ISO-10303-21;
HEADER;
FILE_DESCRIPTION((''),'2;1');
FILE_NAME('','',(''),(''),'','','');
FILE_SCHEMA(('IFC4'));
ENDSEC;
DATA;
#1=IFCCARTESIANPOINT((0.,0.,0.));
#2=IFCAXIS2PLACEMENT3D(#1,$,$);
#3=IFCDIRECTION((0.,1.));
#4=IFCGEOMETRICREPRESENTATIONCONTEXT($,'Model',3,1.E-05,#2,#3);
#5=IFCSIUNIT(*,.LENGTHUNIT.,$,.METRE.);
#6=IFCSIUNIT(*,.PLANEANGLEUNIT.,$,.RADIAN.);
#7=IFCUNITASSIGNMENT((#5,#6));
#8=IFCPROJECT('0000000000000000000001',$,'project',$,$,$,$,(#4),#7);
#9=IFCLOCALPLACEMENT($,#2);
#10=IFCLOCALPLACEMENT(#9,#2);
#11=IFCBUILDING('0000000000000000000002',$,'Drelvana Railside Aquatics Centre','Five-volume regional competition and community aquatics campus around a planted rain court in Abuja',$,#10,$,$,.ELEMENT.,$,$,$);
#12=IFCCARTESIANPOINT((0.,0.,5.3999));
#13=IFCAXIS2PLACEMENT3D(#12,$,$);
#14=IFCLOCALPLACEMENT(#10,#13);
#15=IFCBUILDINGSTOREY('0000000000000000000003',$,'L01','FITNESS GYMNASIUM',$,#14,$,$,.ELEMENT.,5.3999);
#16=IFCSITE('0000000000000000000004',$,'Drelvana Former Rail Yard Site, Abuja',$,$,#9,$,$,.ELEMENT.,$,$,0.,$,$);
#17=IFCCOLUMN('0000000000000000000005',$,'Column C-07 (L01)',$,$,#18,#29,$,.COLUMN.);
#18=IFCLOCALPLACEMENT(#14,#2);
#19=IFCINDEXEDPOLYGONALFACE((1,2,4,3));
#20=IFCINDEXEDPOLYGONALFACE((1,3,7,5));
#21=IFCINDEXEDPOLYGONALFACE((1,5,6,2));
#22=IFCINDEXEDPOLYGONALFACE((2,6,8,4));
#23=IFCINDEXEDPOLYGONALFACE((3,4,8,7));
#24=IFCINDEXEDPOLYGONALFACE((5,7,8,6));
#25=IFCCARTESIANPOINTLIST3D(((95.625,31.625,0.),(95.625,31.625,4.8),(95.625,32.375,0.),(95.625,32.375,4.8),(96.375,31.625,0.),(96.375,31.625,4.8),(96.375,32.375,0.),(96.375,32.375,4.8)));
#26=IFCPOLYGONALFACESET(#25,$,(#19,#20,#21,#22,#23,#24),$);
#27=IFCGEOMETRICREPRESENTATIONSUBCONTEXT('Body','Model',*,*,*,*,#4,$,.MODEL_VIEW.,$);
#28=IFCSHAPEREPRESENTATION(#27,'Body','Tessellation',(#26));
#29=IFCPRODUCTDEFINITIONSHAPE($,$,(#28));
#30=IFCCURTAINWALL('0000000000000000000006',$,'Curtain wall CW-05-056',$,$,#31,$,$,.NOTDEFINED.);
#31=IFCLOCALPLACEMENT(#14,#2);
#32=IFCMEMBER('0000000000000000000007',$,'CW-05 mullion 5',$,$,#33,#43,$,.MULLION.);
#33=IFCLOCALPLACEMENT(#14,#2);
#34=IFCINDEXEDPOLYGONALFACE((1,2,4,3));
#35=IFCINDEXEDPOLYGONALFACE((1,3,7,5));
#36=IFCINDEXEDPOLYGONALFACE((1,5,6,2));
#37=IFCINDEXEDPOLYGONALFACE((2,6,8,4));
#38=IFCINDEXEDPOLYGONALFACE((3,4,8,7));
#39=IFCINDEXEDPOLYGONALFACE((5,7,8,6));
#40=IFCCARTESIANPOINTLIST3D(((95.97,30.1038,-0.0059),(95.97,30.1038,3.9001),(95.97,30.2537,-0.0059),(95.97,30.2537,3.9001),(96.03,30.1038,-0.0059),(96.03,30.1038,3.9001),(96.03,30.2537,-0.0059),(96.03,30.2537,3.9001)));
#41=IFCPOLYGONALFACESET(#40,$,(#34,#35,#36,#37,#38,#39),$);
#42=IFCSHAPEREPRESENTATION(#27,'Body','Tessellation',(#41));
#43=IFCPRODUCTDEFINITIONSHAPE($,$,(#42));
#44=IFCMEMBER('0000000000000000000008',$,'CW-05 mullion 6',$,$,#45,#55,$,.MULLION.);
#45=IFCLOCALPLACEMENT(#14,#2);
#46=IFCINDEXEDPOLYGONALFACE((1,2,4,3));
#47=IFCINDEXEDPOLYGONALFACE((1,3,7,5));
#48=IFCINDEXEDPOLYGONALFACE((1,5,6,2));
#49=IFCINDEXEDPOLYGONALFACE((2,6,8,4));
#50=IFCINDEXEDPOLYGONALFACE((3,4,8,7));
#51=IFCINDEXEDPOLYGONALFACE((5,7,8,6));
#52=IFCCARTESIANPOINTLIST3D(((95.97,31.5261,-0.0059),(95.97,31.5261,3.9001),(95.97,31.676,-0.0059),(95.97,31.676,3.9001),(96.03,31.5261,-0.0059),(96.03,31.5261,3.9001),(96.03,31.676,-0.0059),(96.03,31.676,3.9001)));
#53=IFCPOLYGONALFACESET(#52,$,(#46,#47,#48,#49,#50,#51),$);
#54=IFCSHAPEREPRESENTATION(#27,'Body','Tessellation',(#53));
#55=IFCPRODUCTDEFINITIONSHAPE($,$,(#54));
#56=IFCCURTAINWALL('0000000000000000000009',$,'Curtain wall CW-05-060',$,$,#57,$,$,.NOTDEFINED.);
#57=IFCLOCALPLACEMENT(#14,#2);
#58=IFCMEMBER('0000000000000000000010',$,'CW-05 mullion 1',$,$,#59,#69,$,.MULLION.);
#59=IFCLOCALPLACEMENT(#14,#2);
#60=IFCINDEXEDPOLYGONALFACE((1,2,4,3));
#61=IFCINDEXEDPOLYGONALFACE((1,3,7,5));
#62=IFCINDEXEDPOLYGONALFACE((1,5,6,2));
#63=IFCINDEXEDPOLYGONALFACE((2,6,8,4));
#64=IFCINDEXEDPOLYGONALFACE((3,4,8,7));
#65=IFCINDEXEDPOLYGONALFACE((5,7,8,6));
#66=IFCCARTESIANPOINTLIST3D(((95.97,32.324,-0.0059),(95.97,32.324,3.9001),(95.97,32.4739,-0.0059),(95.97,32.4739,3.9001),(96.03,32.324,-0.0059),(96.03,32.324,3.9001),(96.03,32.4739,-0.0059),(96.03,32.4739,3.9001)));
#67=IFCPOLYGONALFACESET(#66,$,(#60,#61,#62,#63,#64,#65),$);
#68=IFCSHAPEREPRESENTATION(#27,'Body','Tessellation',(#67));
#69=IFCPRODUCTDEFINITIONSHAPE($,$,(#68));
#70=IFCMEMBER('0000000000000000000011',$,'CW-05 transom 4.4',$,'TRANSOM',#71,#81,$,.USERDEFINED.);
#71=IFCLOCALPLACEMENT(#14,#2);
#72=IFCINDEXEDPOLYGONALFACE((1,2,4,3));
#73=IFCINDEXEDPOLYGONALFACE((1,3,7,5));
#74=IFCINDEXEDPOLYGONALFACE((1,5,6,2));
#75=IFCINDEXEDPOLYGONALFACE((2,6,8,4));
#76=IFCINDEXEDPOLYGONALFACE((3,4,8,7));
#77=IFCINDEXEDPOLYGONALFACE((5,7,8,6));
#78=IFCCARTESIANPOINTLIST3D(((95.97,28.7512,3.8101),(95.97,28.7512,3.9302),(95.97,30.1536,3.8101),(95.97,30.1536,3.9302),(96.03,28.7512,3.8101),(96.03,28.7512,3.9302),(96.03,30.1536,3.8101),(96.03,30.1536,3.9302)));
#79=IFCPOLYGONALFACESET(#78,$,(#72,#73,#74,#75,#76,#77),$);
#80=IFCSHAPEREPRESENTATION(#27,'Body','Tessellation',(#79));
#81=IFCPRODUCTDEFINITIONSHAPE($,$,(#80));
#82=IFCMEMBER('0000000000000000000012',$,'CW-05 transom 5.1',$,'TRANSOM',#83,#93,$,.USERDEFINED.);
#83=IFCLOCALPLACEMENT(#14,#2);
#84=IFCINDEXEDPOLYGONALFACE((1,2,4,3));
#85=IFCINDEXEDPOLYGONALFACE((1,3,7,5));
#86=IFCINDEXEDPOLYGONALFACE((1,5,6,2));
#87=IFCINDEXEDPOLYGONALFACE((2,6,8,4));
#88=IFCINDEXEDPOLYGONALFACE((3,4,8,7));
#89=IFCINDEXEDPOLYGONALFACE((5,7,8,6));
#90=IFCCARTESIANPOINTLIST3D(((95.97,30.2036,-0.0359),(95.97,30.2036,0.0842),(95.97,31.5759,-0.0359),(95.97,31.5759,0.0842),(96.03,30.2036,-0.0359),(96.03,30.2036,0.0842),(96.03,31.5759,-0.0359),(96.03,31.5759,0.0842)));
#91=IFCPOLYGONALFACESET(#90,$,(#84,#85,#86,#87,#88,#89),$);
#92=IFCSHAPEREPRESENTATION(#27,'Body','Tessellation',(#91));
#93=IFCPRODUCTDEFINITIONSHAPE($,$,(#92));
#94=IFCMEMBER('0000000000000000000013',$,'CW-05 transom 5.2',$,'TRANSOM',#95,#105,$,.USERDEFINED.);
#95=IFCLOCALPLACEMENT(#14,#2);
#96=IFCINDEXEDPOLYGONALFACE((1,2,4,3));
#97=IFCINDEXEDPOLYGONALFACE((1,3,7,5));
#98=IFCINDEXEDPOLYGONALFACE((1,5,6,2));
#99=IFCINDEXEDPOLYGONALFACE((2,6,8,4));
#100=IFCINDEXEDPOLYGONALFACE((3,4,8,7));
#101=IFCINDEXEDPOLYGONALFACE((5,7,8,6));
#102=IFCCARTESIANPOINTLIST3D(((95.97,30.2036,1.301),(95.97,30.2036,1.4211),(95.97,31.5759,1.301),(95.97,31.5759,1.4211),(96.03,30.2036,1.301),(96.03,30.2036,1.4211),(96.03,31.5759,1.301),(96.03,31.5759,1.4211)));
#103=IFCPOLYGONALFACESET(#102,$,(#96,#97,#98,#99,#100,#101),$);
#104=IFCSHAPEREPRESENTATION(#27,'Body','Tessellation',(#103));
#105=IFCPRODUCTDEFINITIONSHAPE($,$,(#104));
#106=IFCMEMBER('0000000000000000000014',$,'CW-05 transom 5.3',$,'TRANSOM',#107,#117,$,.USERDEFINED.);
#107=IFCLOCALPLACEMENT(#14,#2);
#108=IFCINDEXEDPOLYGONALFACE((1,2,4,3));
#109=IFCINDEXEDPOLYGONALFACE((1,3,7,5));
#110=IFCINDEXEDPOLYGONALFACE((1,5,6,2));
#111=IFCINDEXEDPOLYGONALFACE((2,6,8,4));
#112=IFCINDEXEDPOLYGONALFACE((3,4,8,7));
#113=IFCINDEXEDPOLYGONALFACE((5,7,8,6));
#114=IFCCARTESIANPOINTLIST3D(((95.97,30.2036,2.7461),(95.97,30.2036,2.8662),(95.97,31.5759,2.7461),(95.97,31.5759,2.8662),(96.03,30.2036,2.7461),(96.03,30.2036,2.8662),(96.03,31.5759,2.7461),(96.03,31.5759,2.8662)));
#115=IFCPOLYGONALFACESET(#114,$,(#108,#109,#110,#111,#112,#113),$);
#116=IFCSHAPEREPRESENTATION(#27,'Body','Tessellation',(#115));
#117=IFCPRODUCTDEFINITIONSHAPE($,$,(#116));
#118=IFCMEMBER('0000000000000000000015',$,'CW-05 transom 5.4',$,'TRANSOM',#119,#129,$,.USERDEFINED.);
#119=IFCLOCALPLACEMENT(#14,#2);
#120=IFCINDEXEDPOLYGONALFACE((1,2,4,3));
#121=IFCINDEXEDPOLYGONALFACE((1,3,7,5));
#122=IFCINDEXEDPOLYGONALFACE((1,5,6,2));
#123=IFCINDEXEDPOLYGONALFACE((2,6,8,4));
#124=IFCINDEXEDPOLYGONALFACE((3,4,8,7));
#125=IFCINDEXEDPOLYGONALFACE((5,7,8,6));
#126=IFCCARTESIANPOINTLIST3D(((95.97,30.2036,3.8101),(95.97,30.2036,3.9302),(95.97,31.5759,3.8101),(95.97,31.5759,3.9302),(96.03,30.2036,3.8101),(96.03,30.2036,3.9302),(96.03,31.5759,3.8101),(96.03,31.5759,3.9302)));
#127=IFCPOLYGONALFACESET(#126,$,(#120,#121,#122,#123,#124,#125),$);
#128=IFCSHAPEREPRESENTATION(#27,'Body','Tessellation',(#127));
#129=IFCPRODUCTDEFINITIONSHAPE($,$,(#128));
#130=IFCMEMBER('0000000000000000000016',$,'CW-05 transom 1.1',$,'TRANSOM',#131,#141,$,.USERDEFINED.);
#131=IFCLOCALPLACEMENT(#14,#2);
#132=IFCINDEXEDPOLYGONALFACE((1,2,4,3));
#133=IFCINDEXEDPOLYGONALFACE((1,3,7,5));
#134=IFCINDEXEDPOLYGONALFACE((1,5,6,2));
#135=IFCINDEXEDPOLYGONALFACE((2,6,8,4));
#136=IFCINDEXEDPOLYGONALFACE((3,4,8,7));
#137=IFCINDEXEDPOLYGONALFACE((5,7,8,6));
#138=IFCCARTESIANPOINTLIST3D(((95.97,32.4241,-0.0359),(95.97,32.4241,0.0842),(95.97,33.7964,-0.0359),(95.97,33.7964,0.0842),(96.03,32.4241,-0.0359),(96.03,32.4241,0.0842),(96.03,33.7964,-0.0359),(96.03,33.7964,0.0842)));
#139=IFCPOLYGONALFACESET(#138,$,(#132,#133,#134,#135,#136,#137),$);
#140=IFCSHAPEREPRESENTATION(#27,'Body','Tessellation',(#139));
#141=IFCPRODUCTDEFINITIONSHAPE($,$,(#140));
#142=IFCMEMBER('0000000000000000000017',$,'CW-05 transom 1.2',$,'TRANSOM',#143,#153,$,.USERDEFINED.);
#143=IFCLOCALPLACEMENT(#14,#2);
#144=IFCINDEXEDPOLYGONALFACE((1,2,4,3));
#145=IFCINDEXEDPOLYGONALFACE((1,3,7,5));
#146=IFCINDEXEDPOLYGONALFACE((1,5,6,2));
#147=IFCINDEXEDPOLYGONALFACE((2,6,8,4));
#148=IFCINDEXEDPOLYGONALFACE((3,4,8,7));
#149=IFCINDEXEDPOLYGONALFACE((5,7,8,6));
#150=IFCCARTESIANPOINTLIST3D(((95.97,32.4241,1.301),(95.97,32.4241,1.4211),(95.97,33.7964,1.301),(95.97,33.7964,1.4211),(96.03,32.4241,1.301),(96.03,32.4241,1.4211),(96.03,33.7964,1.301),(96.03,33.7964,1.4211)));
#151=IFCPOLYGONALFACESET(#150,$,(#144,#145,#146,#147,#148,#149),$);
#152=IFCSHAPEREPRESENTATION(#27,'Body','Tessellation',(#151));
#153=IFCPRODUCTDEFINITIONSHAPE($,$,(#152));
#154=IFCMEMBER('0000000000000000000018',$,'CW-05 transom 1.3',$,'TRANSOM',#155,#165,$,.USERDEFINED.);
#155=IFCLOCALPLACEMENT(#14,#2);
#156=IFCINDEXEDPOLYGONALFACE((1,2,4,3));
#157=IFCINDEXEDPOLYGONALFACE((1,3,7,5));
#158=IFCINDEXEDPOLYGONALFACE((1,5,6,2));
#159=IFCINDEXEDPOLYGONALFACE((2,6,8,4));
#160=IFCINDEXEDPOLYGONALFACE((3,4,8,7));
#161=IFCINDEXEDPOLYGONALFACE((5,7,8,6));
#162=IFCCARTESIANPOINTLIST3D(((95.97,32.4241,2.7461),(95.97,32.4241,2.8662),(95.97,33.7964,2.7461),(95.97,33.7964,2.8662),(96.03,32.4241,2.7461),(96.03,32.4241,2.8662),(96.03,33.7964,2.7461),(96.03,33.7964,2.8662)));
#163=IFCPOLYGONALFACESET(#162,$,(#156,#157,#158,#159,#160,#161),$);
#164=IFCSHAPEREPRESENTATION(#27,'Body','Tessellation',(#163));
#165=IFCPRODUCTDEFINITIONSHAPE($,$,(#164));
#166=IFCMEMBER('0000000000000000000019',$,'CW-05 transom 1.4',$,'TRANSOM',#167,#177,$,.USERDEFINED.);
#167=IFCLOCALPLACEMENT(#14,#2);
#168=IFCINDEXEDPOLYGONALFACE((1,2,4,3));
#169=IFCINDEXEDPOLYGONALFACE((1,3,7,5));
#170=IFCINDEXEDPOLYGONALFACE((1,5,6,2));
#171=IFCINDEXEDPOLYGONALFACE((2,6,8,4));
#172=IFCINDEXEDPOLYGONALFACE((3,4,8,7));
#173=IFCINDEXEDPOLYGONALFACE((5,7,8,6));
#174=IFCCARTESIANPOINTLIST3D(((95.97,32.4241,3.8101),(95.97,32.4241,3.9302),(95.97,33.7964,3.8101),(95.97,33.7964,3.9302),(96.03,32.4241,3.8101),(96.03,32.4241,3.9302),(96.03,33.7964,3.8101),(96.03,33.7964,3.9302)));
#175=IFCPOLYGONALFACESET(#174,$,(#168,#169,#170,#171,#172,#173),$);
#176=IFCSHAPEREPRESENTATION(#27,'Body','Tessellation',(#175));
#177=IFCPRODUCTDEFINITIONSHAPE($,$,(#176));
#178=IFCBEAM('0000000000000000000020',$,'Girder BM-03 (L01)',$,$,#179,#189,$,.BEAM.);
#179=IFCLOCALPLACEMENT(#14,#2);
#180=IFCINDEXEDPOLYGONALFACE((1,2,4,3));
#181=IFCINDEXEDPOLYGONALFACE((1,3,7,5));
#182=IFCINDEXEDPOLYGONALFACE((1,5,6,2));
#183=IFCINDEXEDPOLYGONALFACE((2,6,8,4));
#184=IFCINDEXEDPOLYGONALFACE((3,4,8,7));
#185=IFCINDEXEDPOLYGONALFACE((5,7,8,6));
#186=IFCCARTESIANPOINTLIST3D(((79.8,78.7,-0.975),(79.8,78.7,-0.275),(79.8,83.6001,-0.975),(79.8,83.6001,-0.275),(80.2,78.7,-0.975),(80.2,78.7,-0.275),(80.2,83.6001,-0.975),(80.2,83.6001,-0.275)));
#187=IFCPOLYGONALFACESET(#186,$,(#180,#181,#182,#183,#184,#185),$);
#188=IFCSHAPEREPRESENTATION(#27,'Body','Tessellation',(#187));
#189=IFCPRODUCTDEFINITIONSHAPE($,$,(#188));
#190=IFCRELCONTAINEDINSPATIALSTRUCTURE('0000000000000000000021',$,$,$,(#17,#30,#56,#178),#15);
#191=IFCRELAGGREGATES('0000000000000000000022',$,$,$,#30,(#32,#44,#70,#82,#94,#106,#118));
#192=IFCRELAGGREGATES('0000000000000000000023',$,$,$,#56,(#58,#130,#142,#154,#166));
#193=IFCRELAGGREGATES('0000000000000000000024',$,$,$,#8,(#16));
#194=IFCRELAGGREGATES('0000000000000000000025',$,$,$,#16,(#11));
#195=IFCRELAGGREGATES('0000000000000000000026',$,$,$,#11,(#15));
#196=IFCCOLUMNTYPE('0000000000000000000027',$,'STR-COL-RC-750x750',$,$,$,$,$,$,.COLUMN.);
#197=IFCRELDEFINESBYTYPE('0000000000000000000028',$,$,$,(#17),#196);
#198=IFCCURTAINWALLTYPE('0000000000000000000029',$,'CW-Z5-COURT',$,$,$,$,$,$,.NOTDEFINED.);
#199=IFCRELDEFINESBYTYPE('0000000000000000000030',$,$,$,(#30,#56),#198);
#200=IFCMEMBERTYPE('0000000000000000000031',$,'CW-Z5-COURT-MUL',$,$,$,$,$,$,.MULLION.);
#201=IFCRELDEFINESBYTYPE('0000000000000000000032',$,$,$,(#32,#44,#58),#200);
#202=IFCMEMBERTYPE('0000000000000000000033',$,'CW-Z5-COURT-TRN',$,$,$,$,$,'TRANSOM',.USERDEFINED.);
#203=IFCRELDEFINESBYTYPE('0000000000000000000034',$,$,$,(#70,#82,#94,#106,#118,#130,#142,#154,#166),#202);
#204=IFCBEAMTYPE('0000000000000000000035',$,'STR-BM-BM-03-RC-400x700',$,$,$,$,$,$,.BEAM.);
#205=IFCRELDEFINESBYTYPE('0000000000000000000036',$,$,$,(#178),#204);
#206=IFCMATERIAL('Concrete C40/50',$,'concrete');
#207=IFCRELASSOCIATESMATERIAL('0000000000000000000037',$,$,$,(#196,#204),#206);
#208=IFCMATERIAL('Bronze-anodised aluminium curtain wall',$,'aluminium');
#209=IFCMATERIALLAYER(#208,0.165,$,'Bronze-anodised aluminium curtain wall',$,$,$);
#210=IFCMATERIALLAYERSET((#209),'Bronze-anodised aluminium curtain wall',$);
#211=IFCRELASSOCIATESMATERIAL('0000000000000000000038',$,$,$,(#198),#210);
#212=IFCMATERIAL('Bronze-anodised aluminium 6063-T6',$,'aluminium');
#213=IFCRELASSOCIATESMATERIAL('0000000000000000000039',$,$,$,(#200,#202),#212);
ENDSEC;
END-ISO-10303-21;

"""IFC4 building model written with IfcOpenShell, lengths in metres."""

from ifc_helpers import new_model, si_unit, direction, frame, origin, origin_2d, place, context, subcontext, project, spatial, rectangle, extrude, material, layer, layer_set, material_profile, profile_set, type_object, element, aggregate, save


model = new_model("IFC4")

# Units and contexts
model_context = context("Model", 3, precision=1e-05, world=origin(), true_north=direction((0.0, 1.0)))
body_context = subcontext(model_context, "Body", "Model", "MODEL_VIEW")
ifc_project = project(units=[si_unit("LENGTHUNIT", "METRE"), si_unit("PLANEANGLEUNIT", "RADIAN")], contexts=[model_context])

# Site, building, storey
site_placement = place(None, origin())
site = spatial("IfcSite", under=ifc_project, at=site_placement, Name="Drelvana Former Rail Yard Site, Abuja", CompositionType="ELEMENT", RefElevation=0.0)
building_placement = place(site_placement, origin())
building = spatial("IfcBuilding", under=site, at=building_placement, Name="Drelvana Railside Aquatics Centre", Description="Five-volume regional competition and community aquatics campus around a planted rain court in Abuja", CompositionType="ELEMENT")
storey_placement = place(building_placement, frame((0.0, 0.0, 5.3999)))
storey = spatial("IfcBuildingStorey", under=building, at=storey_placement, Name="L01", Description="FITNESS GYMNASIUM", CompositionType="ELEMENT", Elevation=5.3999)

# Column
ifc_material_1 = material(Name="Concrete C40/50", Category="concrete")
ifc_material_profile_1 = material_profile(ifc_material_1, rectangle(XDim=0.75, YDim=0.75, at=origin_2d()), Name="RC 750x750")
ifc_profile_set_1 = profile_set([ifc_material_profile_1], Name="Concrete C40/50")
column_type = type_object("IfcColumnType", Name="STR-COL-RC-750x750", PredefinedType="COLUMN", material=ifc_profile_set_1)
column_placement = place(storey_placement, frame((96.0, 32.0, 0.0), z_axis=(0.0, 0.0, 1.0), x_axis=(1.0, 0.0, 0.0)))
element("IfcColumn", 1, at=column_placement, inside=storey, type_object=column_type, Name="Column C-07 (L01)", PredefinedType="COLUMN", context=body_context, shape_type="SweptSolid", body=[
    extrude(rectangle(XDim=0.75, YDim=0.75, at=origin_2d()), origin(), (0.0, 0.0, 1.0), 4.8),
])

# Curtain wall, members
ifc_material_2 = material(Name="Bronze-anodised aluminium curtain wall", Category="aluminium")
ifc_layer_1 = layer(ifc_material_2, 0.165, Name="Bronze-anodised aluminium curtain wall")
ifc_layer_set_1 = layer_set([ifc_layer_1], Name="Bronze-anodised aluminium curtain wall")
curtain_wall_type = type_object("IfcCurtainWallType", Name="CW-Z5-COURT", PredefinedType="NOTDEFINED", material=ifc_layer_set_1)
curtain_wall_1_placement = place(storey_placement, origin())
curtain_wall_1 = element("IfcCurtainWall", 2, at=curtain_wall_1_placement, inside=storey, type_object=curtain_wall_type, Name="Curtain wall CW-05-056", PredefinedType="NOTDEFINED")
ifc_material_3 = material(Name="Bronze-anodised aluminium 6063-T6", Category="aluminium")
ifc_material_profile_2 = material_profile(ifc_material_3, rectangle(XDim=0.0601, YDim=0.1499, at=origin_2d()), Name="ALU-M 60x150")
ifc_profile_set_2 = profile_set([ifc_material_profile_2], Name="Bronze-anodised aluminium 6063-T6")
member_type_1 = type_object("IfcMemberType", Name="CW-Z5-COURT-MUL", PredefinedType="MULLION", material=ifc_profile_set_2)
member_1_placement = place(storey_placement, frame((96.0, 30.1787, -0.0059), z_axis=(0.0, 0.0, 1.0), x_axis=(-1.0, 0.0, 0.0)))
member_1 = element("IfcMember", 3, at=member_1_placement, type_object=member_type_1, Name="CW-05 mullion 5", PredefinedType="MULLION", context=body_context, shape_type="SweptSolid", body=[
    extrude(rectangle(XDim=0.0601, YDim=0.1499, at=origin_2d()), origin(), (0.0, 0.0, 1.0), 3.906),
])
member_2_placement = place(storey_placement, frame((96.0, 31.6011, -0.0059), z_axis=(0.0, 0.0, 1.0), x_axis=(-1.0, 0.0, 0.0)))
member_2 = element("IfcMember", 4, at=member_2_placement, type_object=member_type_1, Name="CW-05 mullion 6", PredefinedType="MULLION", context=body_context, shape_type="SweptSolid", body=[
    extrude(rectangle(XDim=0.0601, YDim=0.1499, at=origin_2d()), origin(), (0.0, 0.0, 1.0), 3.906),
])

# Curtain wall, member
curtain_wall_2_placement = place(storey_placement, origin())
curtain_wall_2 = element("IfcCurtainWall", 5, at=curtain_wall_2_placement, inside=storey, type_object=curtain_wall_type, Name="Curtain wall CW-05-060", PredefinedType="NOTDEFINED")
member_3_placement = place(storey_placement, frame((96.0, 32.3989, -0.0059), z_axis=(0.0, 0.0, 1.0), x_axis=(-1.0, 0.0, 0.0)))
member_3 = element("IfcMember", 6, at=member_3_placement, type_object=member_type_1, Name="CW-05 mullion 1", PredefinedType="MULLION", context=body_context, shape_type="SweptSolid", body=[
    extrude(rectangle(XDim=0.0601, YDim=0.1499, at=origin_2d()), origin(), (0.0, 0.0, 1.0), 3.906),
])

# Members
ifc_material_profile_3 = material_profile(ifc_material_3, rectangle(XDim=0.1201, YDim=0.0601, at=origin_2d()), Name="ALU-T 60x120")
ifc_profile_set_3 = profile_set([ifc_material_profile_3], Name="Bronze-anodised aluminium 6063-T6")
member_type_2 = type_object("IfcMemberType", Name="CW-Z5-COURT-TRN", ElementType="TRANSOM", PredefinedType="USERDEFINED", material=ifc_profile_set_3)
member_4_placement = place(storey_placement, frame((96.0, 28.7512, 3.8701), z_axis=(0.0, 1.0, 0.0), x_axis=(0.0, 0.0, 1.0)))
member_4 = element("IfcMember", 7, at=member_4_placement, type_object=member_type_2, Name="CW-05 transom 4.4", ObjectType="TRANSOM", PredefinedType="USERDEFINED", context=body_context, shape_type="SweptSolid", body=[
    extrude(rectangle(XDim=0.1201, YDim=0.0601, at=origin_2d()), origin(), (0.0, 0.0, 1.0), 1.4023),
])
member_5_placement = place(storey_placement, frame((96.0, 30.2036, 0.0242), z_axis=(0.0, 1.0, 0.0), x_axis=(0.0, 0.0, 1.0)))
member_5 = element("IfcMember", 8, at=member_5_placement, type_object=member_type_2, Name="CW-05 transom 5.1", ObjectType="TRANSOM", PredefinedType="USERDEFINED", context=body_context, shape_type="SweptSolid", body=[
    extrude(rectangle(XDim=0.1201, YDim=0.0601, at=origin_2d()), origin(), (0.0, 0.0, 1.0), 1.3723),
])
member_6_placement = place(storey_placement, frame((96.0, 30.2036, 1.3611), z_axis=(0.0, 1.0, 0.0), x_axis=(0.0, 0.0, 1.0)))
member_6 = element("IfcMember", 9, at=member_6_placement, type_object=member_type_2, Name="CW-05 transom 5.2", ObjectType="TRANSOM", PredefinedType="USERDEFINED", context=body_context, shape_type="SweptSolid", body=[
    extrude(rectangle(XDim=0.1201, YDim=0.0601, at=origin_2d()), origin(), (0.0, 0.0, 1.0), 1.3723),
])
member_7_placement = place(storey_placement, frame((96.0, 30.2036, 2.8062), z_axis=(0.0, 1.0, 0.0), x_axis=(0.0, 0.0, 1.0)))
member_7 = element("IfcMember", 10, at=member_7_placement, type_object=member_type_2, Name="CW-05 transom 5.3", ObjectType="TRANSOM", PredefinedType="USERDEFINED", context=body_context, shape_type="SweptSolid", body=[
    extrude(rectangle(XDim=0.1201, YDim=0.0601, at=origin_2d()), origin(), (0.0, 0.0, 1.0), 1.3723),
])
member_8_placement = place(storey_placement, frame((96.0, 30.2036, 3.8701), z_axis=(0.0, 1.0, 0.0), x_axis=(0.0, 0.0, 1.0)))
member_8 = element("IfcMember", 11, at=member_8_placement, type_object=member_type_2, Name="CW-05 transom 5.4", ObjectType="TRANSOM", PredefinedType="USERDEFINED", context=body_context, shape_type="SweptSolid", body=[
    extrude(rectangle(XDim=0.1201, YDim=0.0601, at=origin_2d()), origin(), (0.0, 0.0, 1.0), 1.3723),
])
member_9_placement = place(storey_placement, frame((96.0, 32.4241, 0.0242), z_axis=(0.0, 1.0, 0.0), x_axis=(0.0, 0.0, 1.0)))
member_9 = element("IfcMember", 12, at=member_9_placement, type_object=member_type_2, Name="CW-05 transom 1.1", ObjectType="TRANSOM", PredefinedType="USERDEFINED", context=body_context, shape_type="SweptSolid", body=[
    extrude(rectangle(XDim=0.1201, YDim=0.0601, at=origin_2d()), origin(), (0.0, 0.0, 1.0), 1.3723),
])
member_10_placement = place(storey_placement, frame((96.0, 32.4241, 1.3611), z_axis=(0.0, 1.0, 0.0), x_axis=(0.0, 0.0, 1.0)))
member_10 = element("IfcMember", 13, at=member_10_placement, type_object=member_type_2, Name="CW-05 transom 1.2", ObjectType="TRANSOM", PredefinedType="USERDEFINED", context=body_context, shape_type="SweptSolid", body=[
    extrude(rectangle(XDim=0.1201, YDim=0.0601, at=origin_2d()), origin(), (0.0, 0.0, 1.0), 1.3723),
])
member_11_placement = place(storey_placement, frame((96.0, 32.4241, 2.8062), z_axis=(0.0, 1.0, 0.0), x_axis=(0.0, 0.0, 1.0)))
member_11 = element("IfcMember", 14, at=member_11_placement, type_object=member_type_2, Name="CW-05 transom 1.3", ObjectType="TRANSOM", PredefinedType="USERDEFINED", context=body_context, shape_type="SweptSolid", body=[
    extrude(rectangle(XDim=0.1201, YDim=0.0601, at=origin_2d()), origin(), (0.0, 0.0, 1.0), 1.3723),
])
member_12_placement = place(storey_placement, frame((96.0, 32.4241, 3.8701), z_axis=(0.0, 1.0, 0.0), x_axis=(0.0, 0.0, 1.0)))
member_12 = element("IfcMember", 15, at=member_12_placement, type_object=member_type_2, Name="CW-05 transom 1.4", ObjectType="TRANSOM", PredefinedType="USERDEFINED", context=body_context, shape_type="SweptSolid", body=[
    extrude(rectangle(XDim=0.1201, YDim=0.0601, at=origin_2d()), origin(), (0.0, 0.0, 1.0), 1.3723),
])

# Beam
ifc_material_profile_4 = material_profile(ifc_material_1, rectangle(XDim=0.3999, YDim=0.7, at=origin_2d()), Name="RC 400x700")
ifc_profile_set_4 = profile_set([ifc_material_profile_4], Name="Concrete C40/50")
beam_type_1 = type_object("IfcBeamType", Name="STR-BM-BM-03-RC-400x700", PredefinedType="BEAM", material=ifc_profile_set_4)
beam_1_placement = place(storey_placement, frame((80.0, 78.7, -0.625), z_axis=(0.0, 1.0, 0.0), x_axis=(-1.0, 0.0, 0.0)))
element("IfcBeam", 16, at=beam_1_placement, inside=storey, type_object=beam_type_1, Name="Girder BM-03 (L01)", PredefinedType="BEAM", context=body_context, shape_type="SweptSolid", body=[
    extrude(rectangle(XDim=0.3999, YDim=0.7, at=origin_2d()), origin(), (0.0, 0.0, 1.0), 4.9001),
])

aggregate(curtain_wall_1, [member_1, member_2, member_4, member_5, member_6, member_7, member_8])
aggregate(curtain_wall_2, [member_3, member_9, member_10, member_11, member_12])

save(model, "model.ifc")
